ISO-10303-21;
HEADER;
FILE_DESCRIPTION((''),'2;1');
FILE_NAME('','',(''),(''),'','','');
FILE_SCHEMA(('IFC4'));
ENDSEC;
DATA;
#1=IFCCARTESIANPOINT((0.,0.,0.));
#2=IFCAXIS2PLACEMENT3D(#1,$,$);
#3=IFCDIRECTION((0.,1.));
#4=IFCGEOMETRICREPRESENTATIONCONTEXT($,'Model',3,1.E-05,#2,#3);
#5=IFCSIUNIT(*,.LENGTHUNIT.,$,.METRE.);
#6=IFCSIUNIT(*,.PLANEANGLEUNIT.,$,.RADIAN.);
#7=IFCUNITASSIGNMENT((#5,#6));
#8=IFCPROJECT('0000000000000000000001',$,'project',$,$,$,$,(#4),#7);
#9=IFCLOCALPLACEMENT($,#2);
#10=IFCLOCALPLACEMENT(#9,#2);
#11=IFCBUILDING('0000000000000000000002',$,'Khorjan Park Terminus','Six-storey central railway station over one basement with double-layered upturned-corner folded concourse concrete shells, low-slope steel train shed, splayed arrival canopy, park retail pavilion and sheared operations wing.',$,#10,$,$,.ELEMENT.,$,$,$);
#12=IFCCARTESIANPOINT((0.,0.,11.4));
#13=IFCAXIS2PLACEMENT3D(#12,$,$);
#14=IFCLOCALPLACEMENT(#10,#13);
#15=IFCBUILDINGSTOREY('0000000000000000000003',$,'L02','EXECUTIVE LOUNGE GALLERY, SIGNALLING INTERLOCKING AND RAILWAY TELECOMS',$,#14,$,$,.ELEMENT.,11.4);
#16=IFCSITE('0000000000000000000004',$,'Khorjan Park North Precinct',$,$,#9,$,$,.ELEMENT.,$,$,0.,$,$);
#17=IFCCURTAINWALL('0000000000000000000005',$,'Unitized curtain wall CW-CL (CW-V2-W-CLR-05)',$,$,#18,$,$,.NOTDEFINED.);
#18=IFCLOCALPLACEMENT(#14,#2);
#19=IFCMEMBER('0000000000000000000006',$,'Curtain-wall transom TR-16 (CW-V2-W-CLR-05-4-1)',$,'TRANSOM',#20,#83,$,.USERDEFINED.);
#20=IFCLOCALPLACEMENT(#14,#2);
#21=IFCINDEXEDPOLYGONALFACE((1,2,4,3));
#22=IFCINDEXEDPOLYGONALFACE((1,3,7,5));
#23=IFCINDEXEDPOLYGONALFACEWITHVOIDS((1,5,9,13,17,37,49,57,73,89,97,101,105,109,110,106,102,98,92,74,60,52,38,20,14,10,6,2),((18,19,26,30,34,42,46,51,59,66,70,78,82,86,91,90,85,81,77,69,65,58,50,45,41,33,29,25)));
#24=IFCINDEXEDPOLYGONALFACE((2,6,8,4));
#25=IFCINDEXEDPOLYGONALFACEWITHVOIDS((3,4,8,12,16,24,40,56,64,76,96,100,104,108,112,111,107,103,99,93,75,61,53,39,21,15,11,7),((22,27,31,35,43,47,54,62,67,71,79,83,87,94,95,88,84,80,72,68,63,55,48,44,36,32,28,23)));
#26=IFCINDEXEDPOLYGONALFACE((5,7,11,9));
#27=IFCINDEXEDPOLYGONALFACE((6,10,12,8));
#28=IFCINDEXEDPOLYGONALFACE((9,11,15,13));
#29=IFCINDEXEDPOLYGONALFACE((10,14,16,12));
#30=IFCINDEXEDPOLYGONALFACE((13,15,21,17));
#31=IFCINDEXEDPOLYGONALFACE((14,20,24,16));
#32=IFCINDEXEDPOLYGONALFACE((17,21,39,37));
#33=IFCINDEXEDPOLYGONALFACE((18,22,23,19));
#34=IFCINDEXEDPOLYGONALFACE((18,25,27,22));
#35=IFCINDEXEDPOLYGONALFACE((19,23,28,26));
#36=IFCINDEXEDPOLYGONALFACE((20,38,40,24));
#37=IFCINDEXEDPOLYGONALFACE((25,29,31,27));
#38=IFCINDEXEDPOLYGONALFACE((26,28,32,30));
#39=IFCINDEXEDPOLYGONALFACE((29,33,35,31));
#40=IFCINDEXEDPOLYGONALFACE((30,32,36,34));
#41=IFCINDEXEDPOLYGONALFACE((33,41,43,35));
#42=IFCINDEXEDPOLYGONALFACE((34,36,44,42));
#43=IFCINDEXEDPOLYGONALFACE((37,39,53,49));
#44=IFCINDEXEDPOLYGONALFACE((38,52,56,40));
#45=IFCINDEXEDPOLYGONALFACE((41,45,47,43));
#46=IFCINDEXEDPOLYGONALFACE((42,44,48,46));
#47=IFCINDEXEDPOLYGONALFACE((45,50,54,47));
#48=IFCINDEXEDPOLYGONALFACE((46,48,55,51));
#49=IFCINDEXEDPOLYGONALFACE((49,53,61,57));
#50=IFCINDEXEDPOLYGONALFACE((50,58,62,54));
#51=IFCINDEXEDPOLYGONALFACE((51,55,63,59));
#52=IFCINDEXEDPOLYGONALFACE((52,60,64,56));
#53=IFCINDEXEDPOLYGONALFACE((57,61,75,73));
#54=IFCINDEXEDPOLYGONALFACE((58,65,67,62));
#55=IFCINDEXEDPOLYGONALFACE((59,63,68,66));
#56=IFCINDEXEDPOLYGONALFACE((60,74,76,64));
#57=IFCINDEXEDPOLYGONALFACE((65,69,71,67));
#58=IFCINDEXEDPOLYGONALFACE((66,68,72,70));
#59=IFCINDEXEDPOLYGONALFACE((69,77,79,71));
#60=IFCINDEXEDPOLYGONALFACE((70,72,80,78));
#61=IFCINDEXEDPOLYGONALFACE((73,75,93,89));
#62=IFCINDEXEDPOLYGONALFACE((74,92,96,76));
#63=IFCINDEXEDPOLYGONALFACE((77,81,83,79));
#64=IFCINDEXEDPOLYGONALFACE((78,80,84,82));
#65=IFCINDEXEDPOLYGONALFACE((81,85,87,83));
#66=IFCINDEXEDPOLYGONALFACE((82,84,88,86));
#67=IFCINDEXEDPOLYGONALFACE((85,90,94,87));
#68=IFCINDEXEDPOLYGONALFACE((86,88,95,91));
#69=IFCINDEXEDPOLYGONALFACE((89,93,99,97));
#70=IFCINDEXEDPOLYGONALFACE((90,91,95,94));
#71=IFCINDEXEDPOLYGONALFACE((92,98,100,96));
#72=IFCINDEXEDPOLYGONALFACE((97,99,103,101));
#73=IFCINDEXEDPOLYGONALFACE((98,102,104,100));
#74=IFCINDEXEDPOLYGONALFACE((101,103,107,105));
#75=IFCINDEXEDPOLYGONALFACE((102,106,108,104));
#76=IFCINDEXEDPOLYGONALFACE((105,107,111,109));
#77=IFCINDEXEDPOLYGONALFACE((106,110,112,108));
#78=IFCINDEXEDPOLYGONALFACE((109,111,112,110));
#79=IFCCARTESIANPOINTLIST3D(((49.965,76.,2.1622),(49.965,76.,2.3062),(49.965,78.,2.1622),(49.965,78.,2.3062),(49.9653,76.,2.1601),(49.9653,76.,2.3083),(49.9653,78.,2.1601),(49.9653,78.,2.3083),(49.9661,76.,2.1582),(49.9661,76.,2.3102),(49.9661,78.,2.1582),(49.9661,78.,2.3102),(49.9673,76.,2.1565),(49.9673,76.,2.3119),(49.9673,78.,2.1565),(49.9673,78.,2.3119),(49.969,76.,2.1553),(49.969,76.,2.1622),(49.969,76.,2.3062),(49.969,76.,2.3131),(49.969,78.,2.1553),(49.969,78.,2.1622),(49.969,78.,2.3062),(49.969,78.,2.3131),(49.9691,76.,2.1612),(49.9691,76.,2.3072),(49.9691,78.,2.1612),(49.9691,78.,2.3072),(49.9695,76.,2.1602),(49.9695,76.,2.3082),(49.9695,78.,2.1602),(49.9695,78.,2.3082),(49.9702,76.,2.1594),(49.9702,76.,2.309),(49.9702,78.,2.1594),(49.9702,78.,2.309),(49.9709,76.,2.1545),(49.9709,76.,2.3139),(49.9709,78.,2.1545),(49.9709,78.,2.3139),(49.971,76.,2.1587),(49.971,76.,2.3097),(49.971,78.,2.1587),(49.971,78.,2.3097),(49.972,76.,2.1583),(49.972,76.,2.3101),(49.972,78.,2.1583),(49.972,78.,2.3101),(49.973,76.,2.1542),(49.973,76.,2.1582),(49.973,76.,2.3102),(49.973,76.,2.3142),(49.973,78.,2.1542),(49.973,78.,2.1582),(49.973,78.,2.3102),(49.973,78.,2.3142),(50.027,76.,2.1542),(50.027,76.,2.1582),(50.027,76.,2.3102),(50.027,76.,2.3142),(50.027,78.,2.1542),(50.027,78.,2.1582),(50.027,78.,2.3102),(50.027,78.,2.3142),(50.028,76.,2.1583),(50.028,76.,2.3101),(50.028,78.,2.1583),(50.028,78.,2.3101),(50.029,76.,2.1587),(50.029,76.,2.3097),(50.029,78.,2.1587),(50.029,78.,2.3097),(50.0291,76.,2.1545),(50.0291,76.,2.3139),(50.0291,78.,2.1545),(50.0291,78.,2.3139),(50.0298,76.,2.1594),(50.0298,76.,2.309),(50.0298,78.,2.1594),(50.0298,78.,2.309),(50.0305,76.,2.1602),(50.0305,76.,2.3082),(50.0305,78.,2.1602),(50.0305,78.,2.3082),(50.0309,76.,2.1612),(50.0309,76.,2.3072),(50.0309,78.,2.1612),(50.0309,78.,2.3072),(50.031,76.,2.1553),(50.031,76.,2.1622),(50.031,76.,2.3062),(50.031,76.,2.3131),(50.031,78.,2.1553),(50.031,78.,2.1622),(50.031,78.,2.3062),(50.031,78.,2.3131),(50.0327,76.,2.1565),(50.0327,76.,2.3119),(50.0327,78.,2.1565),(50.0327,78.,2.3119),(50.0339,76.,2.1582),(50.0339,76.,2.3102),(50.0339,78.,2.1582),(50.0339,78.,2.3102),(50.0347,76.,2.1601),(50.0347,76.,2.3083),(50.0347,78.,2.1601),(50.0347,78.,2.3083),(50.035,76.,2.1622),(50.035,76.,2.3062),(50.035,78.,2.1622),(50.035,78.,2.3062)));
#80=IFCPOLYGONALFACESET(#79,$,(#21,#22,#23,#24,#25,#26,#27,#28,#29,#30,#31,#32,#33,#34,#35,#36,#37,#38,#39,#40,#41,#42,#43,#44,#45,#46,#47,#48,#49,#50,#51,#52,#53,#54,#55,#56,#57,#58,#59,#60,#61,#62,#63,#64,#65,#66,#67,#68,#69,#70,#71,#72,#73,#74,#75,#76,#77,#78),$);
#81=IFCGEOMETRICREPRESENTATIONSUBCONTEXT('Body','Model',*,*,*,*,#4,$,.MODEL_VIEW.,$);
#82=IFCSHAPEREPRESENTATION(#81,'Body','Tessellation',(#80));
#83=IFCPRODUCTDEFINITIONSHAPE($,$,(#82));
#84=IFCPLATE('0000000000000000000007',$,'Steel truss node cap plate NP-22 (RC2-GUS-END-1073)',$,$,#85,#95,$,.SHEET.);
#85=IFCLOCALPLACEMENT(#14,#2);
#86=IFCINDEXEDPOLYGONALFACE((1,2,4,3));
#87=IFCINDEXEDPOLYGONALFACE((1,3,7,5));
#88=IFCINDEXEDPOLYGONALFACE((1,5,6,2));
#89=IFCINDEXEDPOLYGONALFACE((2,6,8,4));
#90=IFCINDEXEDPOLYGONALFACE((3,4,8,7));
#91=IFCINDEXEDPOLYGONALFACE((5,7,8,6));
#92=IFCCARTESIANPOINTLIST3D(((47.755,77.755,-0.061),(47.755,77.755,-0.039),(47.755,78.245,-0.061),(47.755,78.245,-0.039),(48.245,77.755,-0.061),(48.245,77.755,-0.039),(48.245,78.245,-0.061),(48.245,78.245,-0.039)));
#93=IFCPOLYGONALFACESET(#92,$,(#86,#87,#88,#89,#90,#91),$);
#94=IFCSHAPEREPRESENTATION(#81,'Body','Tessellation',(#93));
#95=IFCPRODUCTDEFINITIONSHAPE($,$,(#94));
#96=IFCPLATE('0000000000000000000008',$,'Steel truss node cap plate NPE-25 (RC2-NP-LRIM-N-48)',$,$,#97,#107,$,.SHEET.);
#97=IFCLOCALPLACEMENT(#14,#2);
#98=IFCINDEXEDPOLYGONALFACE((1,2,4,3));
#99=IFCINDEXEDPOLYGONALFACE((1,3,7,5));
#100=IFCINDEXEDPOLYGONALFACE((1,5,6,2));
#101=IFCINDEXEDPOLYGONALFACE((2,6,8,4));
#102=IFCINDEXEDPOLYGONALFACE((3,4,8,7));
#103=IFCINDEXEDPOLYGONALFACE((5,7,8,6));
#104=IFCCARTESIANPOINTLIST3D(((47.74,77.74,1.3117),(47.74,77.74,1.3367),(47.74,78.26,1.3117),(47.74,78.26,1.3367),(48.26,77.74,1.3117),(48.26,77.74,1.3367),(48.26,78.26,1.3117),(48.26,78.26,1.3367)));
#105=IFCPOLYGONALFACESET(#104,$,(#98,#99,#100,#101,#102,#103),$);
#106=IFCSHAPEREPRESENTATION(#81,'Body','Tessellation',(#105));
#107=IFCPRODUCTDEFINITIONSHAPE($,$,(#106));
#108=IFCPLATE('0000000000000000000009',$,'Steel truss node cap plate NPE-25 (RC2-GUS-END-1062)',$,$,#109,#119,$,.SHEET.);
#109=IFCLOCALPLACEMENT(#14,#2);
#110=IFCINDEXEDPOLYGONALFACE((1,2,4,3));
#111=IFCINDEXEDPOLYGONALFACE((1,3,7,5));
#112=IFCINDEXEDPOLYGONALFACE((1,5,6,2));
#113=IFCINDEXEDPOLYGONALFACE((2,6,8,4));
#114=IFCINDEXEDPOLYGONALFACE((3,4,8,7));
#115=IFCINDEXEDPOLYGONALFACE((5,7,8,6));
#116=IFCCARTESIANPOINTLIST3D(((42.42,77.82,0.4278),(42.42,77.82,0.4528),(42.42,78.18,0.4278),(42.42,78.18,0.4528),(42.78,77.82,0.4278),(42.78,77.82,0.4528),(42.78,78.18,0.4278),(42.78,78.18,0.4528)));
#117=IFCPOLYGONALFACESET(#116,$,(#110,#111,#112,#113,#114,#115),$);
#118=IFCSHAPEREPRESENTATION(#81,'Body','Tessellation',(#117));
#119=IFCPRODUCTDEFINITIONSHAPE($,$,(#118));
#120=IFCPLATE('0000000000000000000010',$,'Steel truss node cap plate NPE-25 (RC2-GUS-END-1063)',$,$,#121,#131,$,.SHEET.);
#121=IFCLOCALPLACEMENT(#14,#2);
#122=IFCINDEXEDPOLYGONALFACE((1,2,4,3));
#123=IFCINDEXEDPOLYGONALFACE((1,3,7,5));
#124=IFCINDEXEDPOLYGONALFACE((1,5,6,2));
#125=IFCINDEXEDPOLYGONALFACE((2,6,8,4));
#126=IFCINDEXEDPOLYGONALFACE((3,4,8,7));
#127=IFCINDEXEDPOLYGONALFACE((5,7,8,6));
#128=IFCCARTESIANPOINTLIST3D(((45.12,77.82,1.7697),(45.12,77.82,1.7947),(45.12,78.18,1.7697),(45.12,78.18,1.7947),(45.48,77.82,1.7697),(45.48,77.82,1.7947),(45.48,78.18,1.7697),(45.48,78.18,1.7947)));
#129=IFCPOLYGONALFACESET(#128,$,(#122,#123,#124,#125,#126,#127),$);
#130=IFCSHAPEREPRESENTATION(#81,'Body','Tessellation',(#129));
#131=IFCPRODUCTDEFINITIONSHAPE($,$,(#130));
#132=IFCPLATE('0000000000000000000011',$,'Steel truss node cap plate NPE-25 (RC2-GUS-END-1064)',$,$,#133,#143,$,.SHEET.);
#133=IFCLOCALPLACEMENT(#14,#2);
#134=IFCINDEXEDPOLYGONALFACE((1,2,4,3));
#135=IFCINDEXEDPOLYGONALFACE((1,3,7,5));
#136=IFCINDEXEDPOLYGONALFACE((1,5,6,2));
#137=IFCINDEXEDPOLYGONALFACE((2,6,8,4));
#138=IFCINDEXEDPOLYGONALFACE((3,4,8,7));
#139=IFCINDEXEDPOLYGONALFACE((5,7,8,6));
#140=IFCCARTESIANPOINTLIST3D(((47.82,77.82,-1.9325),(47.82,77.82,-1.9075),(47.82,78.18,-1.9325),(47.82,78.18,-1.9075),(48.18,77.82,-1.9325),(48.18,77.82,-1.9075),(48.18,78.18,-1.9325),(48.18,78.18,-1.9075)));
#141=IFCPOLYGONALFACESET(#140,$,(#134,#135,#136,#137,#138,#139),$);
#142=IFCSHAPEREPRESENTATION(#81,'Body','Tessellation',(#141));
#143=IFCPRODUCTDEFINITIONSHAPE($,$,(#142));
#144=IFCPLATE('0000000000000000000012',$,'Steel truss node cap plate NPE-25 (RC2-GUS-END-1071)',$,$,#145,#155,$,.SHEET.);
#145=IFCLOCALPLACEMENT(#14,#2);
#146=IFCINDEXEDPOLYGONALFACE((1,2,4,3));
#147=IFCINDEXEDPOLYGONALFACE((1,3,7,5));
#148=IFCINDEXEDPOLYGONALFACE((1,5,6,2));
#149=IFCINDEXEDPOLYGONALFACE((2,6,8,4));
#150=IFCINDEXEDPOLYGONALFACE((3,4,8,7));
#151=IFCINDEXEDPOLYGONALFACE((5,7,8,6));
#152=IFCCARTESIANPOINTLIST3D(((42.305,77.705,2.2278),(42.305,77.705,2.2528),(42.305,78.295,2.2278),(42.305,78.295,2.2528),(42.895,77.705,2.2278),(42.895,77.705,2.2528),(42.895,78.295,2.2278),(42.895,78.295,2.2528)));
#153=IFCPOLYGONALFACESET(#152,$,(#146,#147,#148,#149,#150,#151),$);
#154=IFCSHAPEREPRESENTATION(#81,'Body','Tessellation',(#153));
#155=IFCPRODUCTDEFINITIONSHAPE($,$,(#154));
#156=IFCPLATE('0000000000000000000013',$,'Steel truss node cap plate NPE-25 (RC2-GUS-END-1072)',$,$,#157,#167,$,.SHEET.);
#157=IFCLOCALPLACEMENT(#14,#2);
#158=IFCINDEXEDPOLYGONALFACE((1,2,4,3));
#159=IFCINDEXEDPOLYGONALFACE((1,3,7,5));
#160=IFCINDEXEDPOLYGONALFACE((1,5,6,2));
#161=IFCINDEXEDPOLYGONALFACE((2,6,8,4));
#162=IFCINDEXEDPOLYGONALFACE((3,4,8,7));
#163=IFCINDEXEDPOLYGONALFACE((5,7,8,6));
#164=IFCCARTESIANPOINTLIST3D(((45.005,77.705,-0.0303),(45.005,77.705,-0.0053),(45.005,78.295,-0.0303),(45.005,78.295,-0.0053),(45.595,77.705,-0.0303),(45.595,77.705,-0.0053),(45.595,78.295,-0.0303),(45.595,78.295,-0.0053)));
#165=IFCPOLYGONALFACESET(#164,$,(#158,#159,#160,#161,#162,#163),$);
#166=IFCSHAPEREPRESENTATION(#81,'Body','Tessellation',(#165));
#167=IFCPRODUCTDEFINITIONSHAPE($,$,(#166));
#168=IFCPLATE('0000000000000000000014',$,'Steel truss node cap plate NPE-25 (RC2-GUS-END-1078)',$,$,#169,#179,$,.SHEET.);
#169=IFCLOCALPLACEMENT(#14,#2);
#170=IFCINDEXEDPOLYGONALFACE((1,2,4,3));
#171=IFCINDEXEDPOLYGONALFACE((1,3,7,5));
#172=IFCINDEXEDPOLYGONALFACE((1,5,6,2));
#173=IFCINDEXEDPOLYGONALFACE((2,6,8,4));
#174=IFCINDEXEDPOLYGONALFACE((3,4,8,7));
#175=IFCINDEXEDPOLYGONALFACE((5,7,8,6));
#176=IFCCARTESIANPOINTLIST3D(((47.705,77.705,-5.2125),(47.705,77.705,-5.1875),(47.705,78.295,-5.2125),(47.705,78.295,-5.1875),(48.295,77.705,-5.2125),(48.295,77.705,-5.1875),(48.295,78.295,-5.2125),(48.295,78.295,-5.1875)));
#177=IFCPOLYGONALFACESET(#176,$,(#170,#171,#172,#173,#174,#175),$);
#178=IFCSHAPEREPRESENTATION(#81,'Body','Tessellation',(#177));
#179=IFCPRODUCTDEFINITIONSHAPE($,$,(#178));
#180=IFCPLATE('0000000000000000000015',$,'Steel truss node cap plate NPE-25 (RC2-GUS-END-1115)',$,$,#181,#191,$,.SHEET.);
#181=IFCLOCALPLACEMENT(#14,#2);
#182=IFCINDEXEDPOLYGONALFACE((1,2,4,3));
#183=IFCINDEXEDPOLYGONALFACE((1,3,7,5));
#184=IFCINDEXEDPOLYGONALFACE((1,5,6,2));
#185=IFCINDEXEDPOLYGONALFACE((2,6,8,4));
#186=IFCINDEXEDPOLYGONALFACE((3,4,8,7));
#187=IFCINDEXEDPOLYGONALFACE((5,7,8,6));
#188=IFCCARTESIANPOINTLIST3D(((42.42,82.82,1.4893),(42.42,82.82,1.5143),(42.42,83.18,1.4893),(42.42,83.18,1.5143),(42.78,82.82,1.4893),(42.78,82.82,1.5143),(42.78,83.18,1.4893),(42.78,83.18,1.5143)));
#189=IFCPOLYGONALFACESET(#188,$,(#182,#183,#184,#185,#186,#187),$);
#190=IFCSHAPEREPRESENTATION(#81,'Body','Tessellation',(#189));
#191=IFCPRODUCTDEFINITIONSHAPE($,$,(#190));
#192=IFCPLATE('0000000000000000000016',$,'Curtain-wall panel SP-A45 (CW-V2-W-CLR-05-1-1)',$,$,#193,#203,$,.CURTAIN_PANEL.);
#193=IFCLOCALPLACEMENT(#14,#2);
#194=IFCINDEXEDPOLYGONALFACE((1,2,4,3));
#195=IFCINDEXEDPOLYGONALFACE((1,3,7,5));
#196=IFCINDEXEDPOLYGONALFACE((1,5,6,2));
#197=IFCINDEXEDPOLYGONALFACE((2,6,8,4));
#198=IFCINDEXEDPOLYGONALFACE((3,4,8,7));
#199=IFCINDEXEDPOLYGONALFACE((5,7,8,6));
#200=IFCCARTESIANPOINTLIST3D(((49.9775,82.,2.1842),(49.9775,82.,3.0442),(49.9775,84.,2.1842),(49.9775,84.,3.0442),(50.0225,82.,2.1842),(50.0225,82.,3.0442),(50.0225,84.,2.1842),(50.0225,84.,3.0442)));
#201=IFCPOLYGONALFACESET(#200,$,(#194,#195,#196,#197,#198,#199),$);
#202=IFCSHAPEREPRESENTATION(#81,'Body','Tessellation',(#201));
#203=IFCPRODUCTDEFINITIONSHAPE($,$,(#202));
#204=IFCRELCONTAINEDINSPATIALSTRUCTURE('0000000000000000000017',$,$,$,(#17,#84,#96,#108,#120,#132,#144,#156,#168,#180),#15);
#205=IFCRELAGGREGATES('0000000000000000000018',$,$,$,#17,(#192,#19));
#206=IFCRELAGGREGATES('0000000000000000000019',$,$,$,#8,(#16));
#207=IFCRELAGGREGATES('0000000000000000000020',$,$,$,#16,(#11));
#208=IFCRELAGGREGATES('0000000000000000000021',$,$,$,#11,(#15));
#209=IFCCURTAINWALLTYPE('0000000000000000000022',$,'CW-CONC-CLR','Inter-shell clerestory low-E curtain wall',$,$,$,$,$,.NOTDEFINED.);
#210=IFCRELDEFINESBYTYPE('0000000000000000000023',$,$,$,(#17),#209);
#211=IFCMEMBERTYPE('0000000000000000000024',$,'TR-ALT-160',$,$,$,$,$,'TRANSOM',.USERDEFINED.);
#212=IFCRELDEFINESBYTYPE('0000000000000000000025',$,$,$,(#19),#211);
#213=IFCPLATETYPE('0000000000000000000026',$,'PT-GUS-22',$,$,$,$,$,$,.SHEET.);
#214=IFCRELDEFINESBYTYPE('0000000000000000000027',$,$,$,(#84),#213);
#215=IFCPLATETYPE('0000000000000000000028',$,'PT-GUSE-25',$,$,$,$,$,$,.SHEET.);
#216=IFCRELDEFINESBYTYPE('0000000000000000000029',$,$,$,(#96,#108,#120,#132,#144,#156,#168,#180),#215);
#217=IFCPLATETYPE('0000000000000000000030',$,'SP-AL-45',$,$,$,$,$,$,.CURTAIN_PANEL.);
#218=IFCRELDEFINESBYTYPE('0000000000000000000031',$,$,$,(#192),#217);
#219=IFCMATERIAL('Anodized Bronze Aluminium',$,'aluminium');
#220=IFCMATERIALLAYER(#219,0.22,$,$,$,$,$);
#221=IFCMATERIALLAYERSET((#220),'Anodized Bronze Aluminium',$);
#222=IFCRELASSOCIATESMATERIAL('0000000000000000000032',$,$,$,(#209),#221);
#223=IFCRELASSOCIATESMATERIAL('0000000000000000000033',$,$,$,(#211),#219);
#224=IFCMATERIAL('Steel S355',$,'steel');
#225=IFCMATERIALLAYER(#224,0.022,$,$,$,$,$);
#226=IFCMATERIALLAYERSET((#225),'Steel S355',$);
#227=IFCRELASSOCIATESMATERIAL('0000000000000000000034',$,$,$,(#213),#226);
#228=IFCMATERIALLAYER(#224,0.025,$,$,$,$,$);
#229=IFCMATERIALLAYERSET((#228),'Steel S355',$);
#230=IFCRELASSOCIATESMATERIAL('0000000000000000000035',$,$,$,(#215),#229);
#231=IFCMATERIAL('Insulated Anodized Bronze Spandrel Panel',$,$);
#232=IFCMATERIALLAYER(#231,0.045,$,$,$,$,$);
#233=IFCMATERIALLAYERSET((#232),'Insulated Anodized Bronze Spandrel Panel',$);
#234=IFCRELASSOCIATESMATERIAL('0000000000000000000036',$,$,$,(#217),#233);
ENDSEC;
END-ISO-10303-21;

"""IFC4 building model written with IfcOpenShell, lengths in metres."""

from ifc_helpers import new_model, si_unit, direction, frame, origin, origin_2d, place, context, subcontext, project, spatial, rectangle, hollow_rectangle, extrude, material, layer, layer_set, material_profile, profile_set, type_object, element, aggregate, save


model = new_model("IFC4")

# Units and contexts
model_context = context("Model", 3, precision=1e-05, world=origin(), true_north=direction((0.0, 1.0)))
body_context = subcontext(model_context, "Body", "Model", "MODEL_VIEW")
ifc_project = project(units=[si_unit("LENGTHUNIT", "METRE"), si_unit("PLANEANGLEUNIT", "RADIAN")], contexts=[model_context])

# Site, building, storey
site_placement = place(None, origin())
site = spatial("IfcSite", under=ifc_project, at=site_placement, Name="Khorjan Park North Precinct", CompositionType="ELEMENT", RefElevation=0.0)
building_placement = place(site_placement, origin())
building = spatial("IfcBuilding", under=site, at=building_placement, Name="Khorjan Park Terminus", Description="Six-storey central railway station over one basement with double-layered upturned-corner folded concourse concrete shells, low-slope steel train shed, splayed arrival canopy, park retail pavilion and sheared operations wing.", CompositionType="ELEMENT")
storey_placement = place(building_placement, frame((0.0, 0.0, 11.4)))
storey = spatial("IfcBuildingStorey", under=building, at=storey_placement, Name="L02", Description="EXECUTIVE LOUNGE GALLERY, SIGNALLING INTERLOCKING AND RAILWAY TELECOMS", CompositionType="ELEMENT", Elevation=11.4)

# Shared definitions
ifc_material_1 = material(Name="Steel S355", Category="steel")

# Curtain wall
ifc_material_2 = material(Name="Anodized Bronze Aluminium", Category="aluminium")
ifc_layer_1 = layer(ifc_material_2, 0.22)
ifc_layer_set_1 = layer_set([ifc_layer_1], Name="Anodized Bronze Aluminium")
curtain_wall_type = type_object("IfcCurtainWallType", Name="CW-CONC-CLR", Description="Inter-shell clerestory low-E curtain wall", PredefinedType="NOTDEFINED", material=ifc_layer_set_1)
curtain_wall_placement = place(storey_placement, origin())
curtain_wall = element("IfcCurtainWall", 1, at=curtain_wall_placement, inside=storey, type_object=curtain_wall_type, Name="Unitized curtain wall CW-CL (CW-V2-W-CLR-05)", PredefinedType="NOTDEFINED")

# Member
ifc_material_profile_1 = material_profile(ifc_material_2, hollow_rectangle(XDim=0.07, YDim=0.16, WallThickness=0.004, InnerFilletRadius=0.004, OuterFilletRadius=0.008, at=origin_2d()), Name="ALT 70x160x4")
ifc_profile_set_1 = profile_set([ifc_material_profile_1], Name="Anodized Bronze Aluminium")
member_type_1 = type_object("IfcMemberType", Name="TR-ALT-160", ElementType="TRANSOM", PredefinedType="USERDEFINED", material=ifc_profile_set_1)
member_1_placement = place(storey_placement, frame((50.0, 78.0, 2.2342), z_axis=(0.0, -1.0, 0.0), x_axis=(1.0, 0.0, 0.0)))
member_1 = element("IfcMember", 2, at=member_1_placement, type_object=member_type_1, Name="Curtain-wall transom TR-16 (CW-V2-W-CLR-05-4-1)", ObjectType="TRANSOM", PredefinedType="USERDEFINED", context=body_context, shape_type="SweptSolid", body=[
    extrude(hollow_rectangle(XDim=0.07, YDim=0.16, WallThickness=0.004, InnerFilletRadius=0.004, OuterFilletRadius=0.008, at=origin_2d()), origin(), (0.0, 0.0, 1.0), 2.0),
])

# Plates
ifc_layer_2 = layer(ifc_material_1, 0.022)
ifc_layer_set_2 = layer_set([ifc_layer_2], Name="Steel S355")
plate_type_1 = type_object("IfcPlateType", Name="PT-GUS-22", PredefinedType="SHEET", material=ifc_layer_set_2)
plate_1_placement = place(storey_placement, frame((48.0, 78.0, -0.061), z_axis=(0.0, 0.0, 1.0), x_axis=(1.0, 0.0, 0.0)))
element("IfcPlate", 3, at=plate_1_placement, inside=storey, type_object=plate_type_1, Name="Steel truss node cap plate NP-22 (RC2-GUS-END-1073)", PredefinedType="SHEET", context=body_context, shape_type="SweptSolid", body=[
    extrude(rectangle(XDim=0.49, YDim=0.49, at=origin_2d()), origin(), (0.0, 0.0, 1.0), 0.022),
])
ifc_layer_3 = layer(ifc_material_1, 0.025)
ifc_layer_set_3 = layer_set([ifc_layer_3], Name="Steel S355")
plate_type_2 = type_object("IfcPlateType", Name="PT-GUSE-25", PredefinedType="SHEET", material=ifc_layer_set_3)
plate_2_placement = place(storey_placement, frame((48.0, 78.0, 1.3117), z_axis=(0.0, 0.0, 1.0), x_axis=(1.0, 0.0, 0.0)))
element("IfcPlate", 4, at=plate_2_placement, inside=storey, type_object=plate_type_2, Name="Steel truss node cap plate NPE-25 (RC2-NP-LRIM-N-48)", PredefinedType="SHEET", context=body_context, shape_type="SweptSolid", body=[
    extrude(rectangle(XDim=0.52, YDim=0.52, at=origin_2d()), origin(), (0.0, 0.0, 1.0), 0.025),
])
for number, where, z_axis, x_axis, name in (
    (5, (42.6, 78.0, 0.4278), (0.0, 0.0, 1.0), (1.0, 0.0, 0.0), "Steel truss node cap plate NPE-25 (RC2-GUS-END-1062)"),
    (6, (45.3, 78.0, 1.7697), (0.0, 0.0, 1.0), (1.0, 0.0, 0.0), "Steel truss node cap plate NPE-25 (RC2-GUS-END-1063)"),
    (7, (48.0, 78.0, -1.9325), (0.0, 0.0, 1.0), (1.0, 0.0, 0.0), "Steel truss node cap plate NPE-25 (RC2-GUS-END-1064)"),
):
    element("IfcPlate", number, at=place(storey_placement, frame(where, z_axis=z_axis, x_axis=x_axis)), inside=storey, type_object=plate_type_2, Name=name, PredefinedType="SHEET", context=body_context, shape_type="SweptSolid", body=[
        extrude(rectangle(XDim=0.36, YDim=0.36, at=origin_2d()), origin(), (0.0, 0.0, 1.0), 0.025),
    ])
for number, where, z_axis, x_axis, name in (
    (8, (42.6, 78.0, 2.2278), (0.0, 0.0, 1.0), (1.0, 0.0, 0.0), "Steel truss node cap plate NPE-25 (RC2-GUS-END-1071)"),
    (9, (45.3, 78.0, -0.0303), (0.0, 0.0, 1.0), (1.0, 0.0, 0.0), "Steel truss node cap plate NPE-25 (RC2-GUS-END-1072)"),
    (10, (48.0, 78.0, -5.2125), (0.0, 0.0, 1.0), (1.0, 0.0, 0.0), "Steel truss node cap plate NPE-25 (RC2-GUS-END-1078)"),
):
    element("IfcPlate", number, at=place(storey_placement, frame(where, z_axis=z_axis, x_axis=x_axis)), inside=storey, type_object=plate_type_2, Name=name, PredefinedType="SHEET", context=body_context, shape_type="SweptSolid", body=[
        extrude(rectangle(XDim=0.59, YDim=0.59, at=origin_2d()), origin(), (0.0, 0.0, 1.0), 0.025),
    ])
plate_3_placement = place(storey_placement, frame((42.6, 83.0, 1.4893), z_axis=(0.0, 0.0, 1.0), x_axis=(1.0, 0.0, 0.0)))
element("IfcPlate", 11, at=plate_3_placement, inside=storey, type_object=plate_type_2, Name="Steel truss node cap plate NPE-25 (RC2-GUS-END-1115)", PredefinedType="SHEET", context=body_context, shape_type="SweptSolid", body=[
    extrude(rectangle(XDim=0.36, YDim=0.36, at=origin_2d()), origin(), (0.0, 0.0, 1.0), 0.025),
])

# Plate
ifc_material_3 = material(Name="Insulated Anodized Bronze Spandrel Panel")
ifc_layer_4 = layer(ifc_material_3, 0.045)
ifc_layer_set_4 = layer_set([ifc_layer_4], Name="Insulated Anodized Bronze Spandrel Panel")
plate_type_3 = type_object("IfcPlateType", Name="SP-AL-45", PredefinedType="CURTAIN_PANEL", material=ifc_layer_set_4)
plate_4_placement = place(storey_placement, frame((50.0, 83.0, 2.1842), z_axis=(0.0, 0.0, 1.0), x_axis=(0.0, -1.0, 0.0)))
plate_4 = element("IfcPlate", 12, at=plate_4_placement, type_object=plate_type_3, Name="Curtain-wall panel SP-A45 (CW-V2-W-CLR-05-1-1)", PredefinedType="CURTAIN_PANEL", context=body_context, shape_type="SweptSolid", body=[
    extrude(rectangle(XDim=2.0, YDim=0.045, at=origin_2d()), origin(), (0.0, 0.0, 1.0), 0.86),
])
aggregate(curtain_wall, [plate_4, member_1])

save(model, "model.ifc")
